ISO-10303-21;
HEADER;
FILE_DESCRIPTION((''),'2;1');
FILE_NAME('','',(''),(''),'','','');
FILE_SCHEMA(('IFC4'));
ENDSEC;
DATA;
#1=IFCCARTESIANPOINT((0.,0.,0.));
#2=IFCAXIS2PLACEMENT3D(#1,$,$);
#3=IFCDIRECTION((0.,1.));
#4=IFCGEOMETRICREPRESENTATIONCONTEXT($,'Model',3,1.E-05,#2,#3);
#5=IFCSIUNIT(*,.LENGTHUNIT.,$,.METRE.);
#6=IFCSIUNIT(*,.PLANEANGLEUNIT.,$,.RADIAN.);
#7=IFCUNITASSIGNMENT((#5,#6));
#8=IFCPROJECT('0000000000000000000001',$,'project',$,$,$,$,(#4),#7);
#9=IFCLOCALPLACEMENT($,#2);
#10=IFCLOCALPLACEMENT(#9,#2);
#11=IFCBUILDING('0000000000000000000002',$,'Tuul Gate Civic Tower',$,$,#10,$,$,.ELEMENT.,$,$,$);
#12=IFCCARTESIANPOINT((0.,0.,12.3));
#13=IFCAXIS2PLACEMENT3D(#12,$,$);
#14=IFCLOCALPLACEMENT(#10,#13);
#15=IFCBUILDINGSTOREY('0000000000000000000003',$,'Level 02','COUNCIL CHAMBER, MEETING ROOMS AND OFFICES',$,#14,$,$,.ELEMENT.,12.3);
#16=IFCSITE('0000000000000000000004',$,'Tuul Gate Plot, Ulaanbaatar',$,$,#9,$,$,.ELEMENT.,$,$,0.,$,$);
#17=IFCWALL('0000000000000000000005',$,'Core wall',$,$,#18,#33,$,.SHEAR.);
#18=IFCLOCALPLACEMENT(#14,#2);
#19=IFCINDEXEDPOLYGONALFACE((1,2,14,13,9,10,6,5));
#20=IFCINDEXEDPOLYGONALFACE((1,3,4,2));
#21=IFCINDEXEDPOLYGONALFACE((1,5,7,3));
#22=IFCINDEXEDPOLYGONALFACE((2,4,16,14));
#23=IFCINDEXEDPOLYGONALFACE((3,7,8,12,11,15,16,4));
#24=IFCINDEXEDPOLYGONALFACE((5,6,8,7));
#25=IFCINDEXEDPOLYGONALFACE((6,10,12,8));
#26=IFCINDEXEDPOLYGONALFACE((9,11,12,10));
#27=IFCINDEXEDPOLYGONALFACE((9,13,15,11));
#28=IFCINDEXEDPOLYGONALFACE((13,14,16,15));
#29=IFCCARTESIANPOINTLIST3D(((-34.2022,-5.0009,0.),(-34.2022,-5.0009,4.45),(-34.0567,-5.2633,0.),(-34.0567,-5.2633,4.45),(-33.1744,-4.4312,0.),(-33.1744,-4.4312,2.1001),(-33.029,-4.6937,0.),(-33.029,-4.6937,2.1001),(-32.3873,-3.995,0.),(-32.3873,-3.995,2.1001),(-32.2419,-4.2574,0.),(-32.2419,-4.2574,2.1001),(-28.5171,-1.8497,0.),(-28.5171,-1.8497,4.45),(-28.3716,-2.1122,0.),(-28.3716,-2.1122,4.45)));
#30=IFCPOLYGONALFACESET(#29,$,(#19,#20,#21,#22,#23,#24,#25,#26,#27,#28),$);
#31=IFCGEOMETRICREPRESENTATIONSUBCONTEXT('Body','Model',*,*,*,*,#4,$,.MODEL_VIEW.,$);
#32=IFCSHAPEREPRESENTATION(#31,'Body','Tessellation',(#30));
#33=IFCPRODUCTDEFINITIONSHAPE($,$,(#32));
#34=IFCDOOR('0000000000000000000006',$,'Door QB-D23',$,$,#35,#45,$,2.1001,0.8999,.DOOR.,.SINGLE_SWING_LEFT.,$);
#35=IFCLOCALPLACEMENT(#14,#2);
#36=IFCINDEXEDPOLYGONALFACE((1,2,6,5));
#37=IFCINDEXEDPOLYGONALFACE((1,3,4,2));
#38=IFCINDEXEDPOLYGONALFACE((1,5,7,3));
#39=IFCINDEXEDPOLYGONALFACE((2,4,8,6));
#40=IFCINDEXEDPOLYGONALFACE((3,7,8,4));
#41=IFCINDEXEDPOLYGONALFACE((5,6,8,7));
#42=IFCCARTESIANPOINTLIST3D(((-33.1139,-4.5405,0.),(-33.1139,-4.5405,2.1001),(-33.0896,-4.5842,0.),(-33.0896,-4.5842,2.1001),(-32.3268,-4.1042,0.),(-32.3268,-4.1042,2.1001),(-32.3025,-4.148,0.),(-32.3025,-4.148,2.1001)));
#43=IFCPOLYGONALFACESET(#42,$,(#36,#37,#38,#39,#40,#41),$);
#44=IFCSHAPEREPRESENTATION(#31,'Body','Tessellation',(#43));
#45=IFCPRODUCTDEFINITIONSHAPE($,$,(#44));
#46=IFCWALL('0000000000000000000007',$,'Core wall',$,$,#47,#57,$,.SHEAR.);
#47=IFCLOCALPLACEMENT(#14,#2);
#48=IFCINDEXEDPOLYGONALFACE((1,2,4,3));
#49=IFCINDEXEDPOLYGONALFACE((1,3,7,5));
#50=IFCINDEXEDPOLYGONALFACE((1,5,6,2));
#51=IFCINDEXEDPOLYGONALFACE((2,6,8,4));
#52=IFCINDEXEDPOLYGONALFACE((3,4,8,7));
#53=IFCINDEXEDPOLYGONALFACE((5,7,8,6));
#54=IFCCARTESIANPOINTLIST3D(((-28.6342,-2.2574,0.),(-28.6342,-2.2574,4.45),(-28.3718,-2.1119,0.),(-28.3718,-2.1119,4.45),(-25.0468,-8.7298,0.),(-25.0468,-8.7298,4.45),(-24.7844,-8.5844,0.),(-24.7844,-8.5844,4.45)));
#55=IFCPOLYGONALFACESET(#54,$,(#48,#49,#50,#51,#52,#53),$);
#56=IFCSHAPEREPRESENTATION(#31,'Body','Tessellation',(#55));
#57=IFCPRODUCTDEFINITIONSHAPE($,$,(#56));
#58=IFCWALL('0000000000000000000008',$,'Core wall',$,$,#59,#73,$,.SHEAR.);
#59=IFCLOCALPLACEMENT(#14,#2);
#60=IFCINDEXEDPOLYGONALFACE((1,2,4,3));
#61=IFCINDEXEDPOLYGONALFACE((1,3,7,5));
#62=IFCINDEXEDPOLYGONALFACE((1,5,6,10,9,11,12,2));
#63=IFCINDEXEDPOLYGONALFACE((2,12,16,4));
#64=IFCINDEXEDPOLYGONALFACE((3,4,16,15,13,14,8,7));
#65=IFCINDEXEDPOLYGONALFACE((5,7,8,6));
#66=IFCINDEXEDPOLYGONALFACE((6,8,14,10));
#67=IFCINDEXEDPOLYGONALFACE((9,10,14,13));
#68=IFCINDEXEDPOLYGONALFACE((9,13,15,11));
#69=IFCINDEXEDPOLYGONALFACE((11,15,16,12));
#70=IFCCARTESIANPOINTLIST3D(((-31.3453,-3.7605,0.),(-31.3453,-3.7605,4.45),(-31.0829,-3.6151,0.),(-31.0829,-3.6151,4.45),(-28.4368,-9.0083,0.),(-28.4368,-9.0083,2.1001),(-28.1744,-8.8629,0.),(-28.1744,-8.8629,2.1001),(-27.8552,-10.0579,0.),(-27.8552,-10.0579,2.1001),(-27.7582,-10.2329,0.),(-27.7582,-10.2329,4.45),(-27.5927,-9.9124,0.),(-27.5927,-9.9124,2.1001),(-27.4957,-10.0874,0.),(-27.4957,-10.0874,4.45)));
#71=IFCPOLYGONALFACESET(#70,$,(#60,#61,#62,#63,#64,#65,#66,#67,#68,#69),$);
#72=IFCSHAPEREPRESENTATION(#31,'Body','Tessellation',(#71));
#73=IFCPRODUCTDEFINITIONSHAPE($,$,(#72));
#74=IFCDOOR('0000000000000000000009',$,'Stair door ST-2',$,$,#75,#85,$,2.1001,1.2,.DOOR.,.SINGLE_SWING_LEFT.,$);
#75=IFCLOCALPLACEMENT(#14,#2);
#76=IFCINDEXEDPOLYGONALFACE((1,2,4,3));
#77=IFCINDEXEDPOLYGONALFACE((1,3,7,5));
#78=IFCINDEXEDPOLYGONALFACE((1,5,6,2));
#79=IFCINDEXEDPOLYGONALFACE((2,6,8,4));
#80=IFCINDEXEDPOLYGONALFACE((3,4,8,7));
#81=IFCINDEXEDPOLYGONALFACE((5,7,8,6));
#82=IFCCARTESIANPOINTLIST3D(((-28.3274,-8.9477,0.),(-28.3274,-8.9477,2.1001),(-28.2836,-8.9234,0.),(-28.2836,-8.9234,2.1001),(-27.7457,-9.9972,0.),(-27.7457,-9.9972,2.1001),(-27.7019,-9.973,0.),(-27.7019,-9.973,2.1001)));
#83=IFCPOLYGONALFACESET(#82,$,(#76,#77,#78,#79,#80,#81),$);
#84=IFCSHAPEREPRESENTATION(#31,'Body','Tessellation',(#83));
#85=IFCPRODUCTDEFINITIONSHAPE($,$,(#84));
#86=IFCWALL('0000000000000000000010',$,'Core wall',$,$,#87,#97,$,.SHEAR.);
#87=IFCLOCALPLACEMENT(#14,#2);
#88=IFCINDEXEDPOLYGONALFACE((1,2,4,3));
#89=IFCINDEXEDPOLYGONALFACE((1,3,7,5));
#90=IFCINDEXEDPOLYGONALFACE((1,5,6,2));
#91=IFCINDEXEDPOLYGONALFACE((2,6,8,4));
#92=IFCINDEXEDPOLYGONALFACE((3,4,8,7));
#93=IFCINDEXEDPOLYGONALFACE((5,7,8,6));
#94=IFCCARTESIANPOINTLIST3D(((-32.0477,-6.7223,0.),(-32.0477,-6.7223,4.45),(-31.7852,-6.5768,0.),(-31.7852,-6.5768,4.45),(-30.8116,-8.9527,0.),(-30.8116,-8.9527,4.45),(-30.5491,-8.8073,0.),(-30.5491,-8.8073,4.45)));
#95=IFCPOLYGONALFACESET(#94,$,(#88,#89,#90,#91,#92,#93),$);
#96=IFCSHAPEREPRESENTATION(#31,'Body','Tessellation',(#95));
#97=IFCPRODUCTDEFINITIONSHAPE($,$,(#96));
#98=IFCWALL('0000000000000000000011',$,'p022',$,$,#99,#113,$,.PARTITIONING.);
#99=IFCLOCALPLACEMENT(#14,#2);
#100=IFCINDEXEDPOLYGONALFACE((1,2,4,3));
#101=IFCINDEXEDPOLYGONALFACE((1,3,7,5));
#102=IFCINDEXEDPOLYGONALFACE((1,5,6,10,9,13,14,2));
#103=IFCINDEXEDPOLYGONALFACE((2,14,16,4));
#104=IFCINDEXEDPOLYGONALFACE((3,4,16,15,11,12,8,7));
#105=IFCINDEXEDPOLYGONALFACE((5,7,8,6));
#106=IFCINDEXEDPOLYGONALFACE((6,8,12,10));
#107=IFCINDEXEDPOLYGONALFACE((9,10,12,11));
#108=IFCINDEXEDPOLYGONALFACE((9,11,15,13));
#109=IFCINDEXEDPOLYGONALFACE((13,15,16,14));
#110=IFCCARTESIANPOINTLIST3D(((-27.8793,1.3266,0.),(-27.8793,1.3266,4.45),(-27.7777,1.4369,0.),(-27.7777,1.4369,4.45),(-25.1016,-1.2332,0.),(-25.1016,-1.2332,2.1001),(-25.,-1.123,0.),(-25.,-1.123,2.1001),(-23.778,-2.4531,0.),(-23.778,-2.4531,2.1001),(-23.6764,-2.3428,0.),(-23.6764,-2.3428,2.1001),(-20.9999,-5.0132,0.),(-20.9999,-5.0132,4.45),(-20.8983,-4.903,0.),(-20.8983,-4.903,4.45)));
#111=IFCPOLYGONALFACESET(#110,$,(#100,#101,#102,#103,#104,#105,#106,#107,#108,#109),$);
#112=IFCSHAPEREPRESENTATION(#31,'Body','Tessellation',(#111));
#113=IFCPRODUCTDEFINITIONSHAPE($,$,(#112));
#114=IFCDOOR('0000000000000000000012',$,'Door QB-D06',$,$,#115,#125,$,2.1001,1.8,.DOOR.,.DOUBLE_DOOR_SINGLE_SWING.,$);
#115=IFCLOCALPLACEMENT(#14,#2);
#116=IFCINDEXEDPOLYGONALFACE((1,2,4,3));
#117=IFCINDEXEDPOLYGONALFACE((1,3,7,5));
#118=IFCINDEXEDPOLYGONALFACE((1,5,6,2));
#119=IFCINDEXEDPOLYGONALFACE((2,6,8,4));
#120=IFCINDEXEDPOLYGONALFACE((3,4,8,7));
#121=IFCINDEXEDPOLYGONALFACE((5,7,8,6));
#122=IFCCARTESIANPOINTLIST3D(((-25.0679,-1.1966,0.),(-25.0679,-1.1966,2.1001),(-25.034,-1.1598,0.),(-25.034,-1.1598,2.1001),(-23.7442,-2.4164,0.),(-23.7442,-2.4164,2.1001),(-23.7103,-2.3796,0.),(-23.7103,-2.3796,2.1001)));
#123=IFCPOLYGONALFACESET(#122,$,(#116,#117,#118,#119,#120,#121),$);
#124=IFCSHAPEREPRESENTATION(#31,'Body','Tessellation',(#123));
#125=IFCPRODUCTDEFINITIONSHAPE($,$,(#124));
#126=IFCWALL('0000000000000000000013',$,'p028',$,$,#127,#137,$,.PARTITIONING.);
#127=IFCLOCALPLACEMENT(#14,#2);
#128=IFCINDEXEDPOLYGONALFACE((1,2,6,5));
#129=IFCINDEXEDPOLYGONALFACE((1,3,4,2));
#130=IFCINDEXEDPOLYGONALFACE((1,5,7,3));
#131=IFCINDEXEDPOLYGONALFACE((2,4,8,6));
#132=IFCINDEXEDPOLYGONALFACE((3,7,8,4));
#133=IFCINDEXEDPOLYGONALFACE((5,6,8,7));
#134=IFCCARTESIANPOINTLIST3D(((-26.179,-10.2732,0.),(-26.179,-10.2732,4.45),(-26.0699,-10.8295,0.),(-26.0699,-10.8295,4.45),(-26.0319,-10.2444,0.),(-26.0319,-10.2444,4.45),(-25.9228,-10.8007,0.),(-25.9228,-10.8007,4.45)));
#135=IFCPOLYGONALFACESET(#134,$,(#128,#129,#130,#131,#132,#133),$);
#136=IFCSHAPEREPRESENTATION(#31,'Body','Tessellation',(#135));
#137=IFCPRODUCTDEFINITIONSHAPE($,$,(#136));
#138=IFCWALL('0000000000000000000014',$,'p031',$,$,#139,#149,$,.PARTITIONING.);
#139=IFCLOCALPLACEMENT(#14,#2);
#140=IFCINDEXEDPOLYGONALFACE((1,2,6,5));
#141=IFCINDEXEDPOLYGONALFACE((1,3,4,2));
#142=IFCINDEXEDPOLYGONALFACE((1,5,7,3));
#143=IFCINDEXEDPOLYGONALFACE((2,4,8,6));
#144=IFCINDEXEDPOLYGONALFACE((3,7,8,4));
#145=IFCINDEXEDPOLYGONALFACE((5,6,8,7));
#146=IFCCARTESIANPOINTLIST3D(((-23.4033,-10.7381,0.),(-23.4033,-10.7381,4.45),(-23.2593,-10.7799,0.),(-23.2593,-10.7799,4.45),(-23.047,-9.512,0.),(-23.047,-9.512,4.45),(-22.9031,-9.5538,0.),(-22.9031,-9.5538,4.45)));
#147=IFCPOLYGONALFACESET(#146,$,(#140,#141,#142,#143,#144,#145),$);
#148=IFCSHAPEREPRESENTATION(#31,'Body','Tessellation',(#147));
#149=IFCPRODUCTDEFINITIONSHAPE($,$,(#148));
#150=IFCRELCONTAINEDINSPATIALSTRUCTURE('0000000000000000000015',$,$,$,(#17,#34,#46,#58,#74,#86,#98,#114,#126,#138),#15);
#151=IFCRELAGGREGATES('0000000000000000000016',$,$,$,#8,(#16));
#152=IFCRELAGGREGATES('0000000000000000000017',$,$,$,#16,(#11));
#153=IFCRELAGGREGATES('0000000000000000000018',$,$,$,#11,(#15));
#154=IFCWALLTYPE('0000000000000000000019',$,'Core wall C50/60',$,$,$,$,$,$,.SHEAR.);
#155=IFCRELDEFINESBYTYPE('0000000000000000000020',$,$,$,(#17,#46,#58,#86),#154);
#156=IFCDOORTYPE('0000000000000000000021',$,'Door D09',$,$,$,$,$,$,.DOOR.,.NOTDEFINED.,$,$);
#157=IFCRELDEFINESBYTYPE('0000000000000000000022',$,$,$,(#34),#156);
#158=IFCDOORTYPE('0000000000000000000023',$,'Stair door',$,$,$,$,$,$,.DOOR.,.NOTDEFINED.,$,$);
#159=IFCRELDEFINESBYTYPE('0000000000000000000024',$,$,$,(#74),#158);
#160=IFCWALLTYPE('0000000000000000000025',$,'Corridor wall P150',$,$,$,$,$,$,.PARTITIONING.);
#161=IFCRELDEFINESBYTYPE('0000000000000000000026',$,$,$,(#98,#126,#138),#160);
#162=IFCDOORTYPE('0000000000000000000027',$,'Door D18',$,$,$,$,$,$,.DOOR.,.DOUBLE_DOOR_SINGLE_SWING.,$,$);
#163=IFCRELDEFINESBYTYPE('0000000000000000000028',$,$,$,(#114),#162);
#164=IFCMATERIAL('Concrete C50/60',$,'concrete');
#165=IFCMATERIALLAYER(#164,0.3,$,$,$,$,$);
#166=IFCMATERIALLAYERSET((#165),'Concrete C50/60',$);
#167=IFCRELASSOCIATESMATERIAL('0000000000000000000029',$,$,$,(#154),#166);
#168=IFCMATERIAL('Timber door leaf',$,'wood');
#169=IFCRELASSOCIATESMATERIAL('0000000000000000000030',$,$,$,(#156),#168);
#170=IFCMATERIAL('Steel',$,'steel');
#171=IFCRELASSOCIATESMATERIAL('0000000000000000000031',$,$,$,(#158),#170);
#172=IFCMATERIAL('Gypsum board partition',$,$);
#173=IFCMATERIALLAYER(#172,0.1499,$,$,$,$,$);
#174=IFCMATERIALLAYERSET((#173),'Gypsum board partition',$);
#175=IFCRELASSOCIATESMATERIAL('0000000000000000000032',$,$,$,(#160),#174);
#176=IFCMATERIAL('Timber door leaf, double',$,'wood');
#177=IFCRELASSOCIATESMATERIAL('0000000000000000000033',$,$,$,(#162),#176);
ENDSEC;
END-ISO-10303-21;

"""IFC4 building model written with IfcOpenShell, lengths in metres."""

from ifc_helpers import new_model, si_unit, direction, frame, frame_2d, origin, place, context, subcontext, project, spatial, rectangle, extrude, material, layer, layer_set, type_object, element, fill, save


model = new_model("IFC4")

# Units and contexts
model_context = context("Model", 3, precision=1e-05, world=origin(), true_north=direction((0.0, 1.0)))
body_context = subcontext(model_context, "Body", "Model", "MODEL_VIEW")
ifc_project = project(units=[si_unit("LENGTHUNIT", "METRE"), si_unit("PLANEANGLEUNIT", "RADIAN")], contexts=[model_context])

# Site, building, storey
site_placement = place(None, origin())
site = spatial("IfcSite", under=ifc_project, at=site_placement, Name="Tuul Gate Plot, Ulaanbaatar", CompositionType="ELEMENT", RefElevation=0.0)
building_placement = place(site_placement, origin())
building = spatial("IfcBuilding", under=site, at=building_placement, Name="Tuul Gate Civic Tower", CompositionType="ELEMENT")
storey_placement = place(building_placement, frame((0.0, 0.0, 12.3)))
storey = spatial("IfcBuildingStorey", under=building, at=storey_placement, Name="Level 02", Description="COUNCIL CHAMBER, MEETING ROOMS AND OFFICES", CompositionType="ELEMENT", Elevation=12.3)

# Shared definitions
ifc_material_1 = material(Name="Concrete C50/60", Category="concrete")
ifc_layer_1 = layer(ifc_material_1, 0.3)
ifc_layer_set_1 = layer_set([ifc_layer_1], Name="Concrete C50/60")
wall_type_1 = type_object("IfcWallType", Name="Core wall C50/60", PredefinedType="SHEAR", material=ifc_layer_set_1)

# Wall, opening, door
wall_1_placement = place(storey_placement, frame((-28.4443, -1.981, 0.0), z_axis=(0.0, 0.0, 1.0), x_axis=(-0.87463, -0.484791, 0.0)))
wall_1 = element("IfcWall", 1, at=wall_1_placement, inside=storey, type_object=wall_type_1, Name="Core wall", PredefinedType="SHEAR", context=body_context, shape_type="SweptSolid", body=[
    extrude(rectangle(XDim=6.5, YDim=0.3, at=frame_2d((3.25, 0.0))), origin(), (0.0, 0.0, 1.0), 4.45),
])
opening_1_placement = place(wall_1_placement, frame((4.425, 0.0, 0.0)))
opening_1 = element("IfcOpeningElement", 2, at=opening_1_placement, cuts=wall_1, PredefinedType="OPENING", context=body_context, shape_type="SweptSolid", body=[
    extrude(rectangle(XDim=0.8999, YDim=2.1001, at=frame_2d((0.45, 1.05))), frame((0.0, 0.1602, 0.0), z_axis=(0.0, -1.0, 0.0), x_axis=(1.0, 0.0, 0.0)), (0.0, 0.0, 1.0), 0.3201),
])
ifc_material_2 = material(Name="Timber door leaf", Category="wood")
door_type_1 = type_object("IfcDoorType", Name="Door D09", OperationType="NOTDEFINED", PredefinedType="DOOR", material=ifc_material_2)
door_1_placement = place(opening_1_placement, origin())
door_1 = element("IfcDoor", 3, at=door_1_placement, inside=storey, type_object=door_type_1, Name="Door QB-D23", OperationType="SINGLE_SWING_LEFT", OverallHeight=2.1001, OverallWidth=0.8999, PredefinedType="DOOR", context=body_context, shape_type="SweptSolid", body=[
    extrude(rectangle(XDim=0.8999, YDim=2.1001, at=frame_2d((0.45, 1.05))), frame((0.0, 0.0249, 0.0), z_axis=(0.0, -1.0, 0.0), x_axis=(1.0, 0.0, 0.0)), (0.0, 0.0, 1.0), 0.05),
])
fill(opening_1, door_1)

# Wall
wall_2_placement = place(storey_placement, frame((-24.9155, -8.6572, 0.0), z_axis=(0.0, 0.0, 1.0), x_axis=(-0.484777, 0.874638, 0.0)))
element("IfcWall", 4, at=wall_2_placement, inside=storey, type_object=wall_type_1, Name="Core wall", PredefinedType="SHEAR", context=body_context, shape_type="SweptSolid", body=[
    extrude(rectangle(XDim=7.4001, YDim=0.3, at=frame_2d((3.7002, 0.0))), origin(), (0.0, 0.0, 1.0), 4.45),
])

# Wall, opening, door
wall_3_placement = place(storey_placement, frame((-27.627, -10.1602, 0.0), z_axis=(0.0, 0.0, 1.0), x_axis=(-0.484752, 0.874652, 0.0)))
wall_3 = element("IfcWall", 5, at=wall_3_placement, inside=storey, type_object=wall_type_1, Name="Core wall", PredefinedType="SHEAR", context=body_context, shape_type="SweptSolid", body=[
    extrude(rectangle(XDim=7.3999, YDim=0.3, at=frame_2d((3.7, 0.0))), origin(), (0.0, 0.0, 1.0), 4.45),
])
opening_2_placement = place(wall_3_placement, frame((0.2, 0.0, 0.0)))
opening_2 = element("IfcOpeningElement", 6, at=opening_2_placement, cuts=wall_3, PredefinedType="OPENING", context=body_context, shape_type="SweptSolid", body=[
    extrude(rectangle(XDim=1.2, YDim=2.1001, at=frame_2d((0.6001, 1.05))), frame((0.0, 0.1602, 0.0), z_axis=(0.0, -1.0, 0.0), x_axis=(1.0, 0.0, 0.0)), (0.0, 0.0, 1.0), 0.3201),
])
ifc_material_3 = material(Name="Steel", Category="steel")
door_type_2 = type_object("IfcDoorType", Name="Stair door", OperationType="NOTDEFINED", PredefinedType="DOOR", material=ifc_material_3)
door_2_placement = place(opening_2_placement, origin())
door_2 = element("IfcDoor", 7, at=door_2_placement, inside=storey, type_object=door_type_2, Name="Stair door ST-2", OperationType="SINGLE_SWING_LEFT", OverallHeight=2.1001, OverallWidth=1.2, PredefinedType="DOOR", context=body_context, shape_type="SweptSolid", body=[
    extrude(rectangle(XDim=1.2, YDim=2.1001, at=frame_2d((0.6001, 1.05))), frame((0.0, 0.0249, 0.0), z_axis=(0.0, -1.0, 0.0), x_axis=(1.0, 0.0, 0.0)), (0.0, 0.0, 1.0), 0.05),
])
fill(opening_2, door_2)

# Wall
wall_4_placement = place(storey_placement, frame((-30.6804, -8.8799, 0.0), z_axis=(0.0, 0.0, 1.0), x_axis=(-0.484724, 0.874667, 0.0)))
element("IfcWall", 8, at=wall_4_placement, inside=storey, type_object=wall_type_1, Name="Core wall", PredefinedType="SHEAR", context=body_context, shape_type="SweptSolid", body=[
    extrude(rectangle(XDim=2.55, YDim=0.3, at=frame_2d((1.2749, 0.0))), origin(), (0.0, 0.0, 1.0), 4.45),
])

# Wall, opening, door
ifc_material_4 = material(Name="Gypsum board partition")
ifc_layer_2 = layer(ifc_material_4, 0.1499)
ifc_layer_set_2 = layer_set([ifc_layer_2], Name="Gypsum board partition")
wall_type_2 = type_object("IfcWallType", Name="Corridor wall P150", PredefinedType="PARTITIONING", material=ifc_layer_set_2)
wall_5_placement = place(storey_placement, frame((-27.8286, 1.3818, 0.0), z_axis=(0.0, 0.0, 1.0), x_axis=(0.735355, -0.677682, 0.0)))
wall_5 = element("IfcWall", 9, at=wall_5_placement, inside=storey, type_object=wall_type_2, Name="p022", PredefinedType="PARTITIONING", context=body_context, shape_type="SweptSolid", body=[
    extrude(rectangle(XDim=9.3552, YDim=0.1499, at=frame_2d((4.6777, 0.0))), origin(), (0.0, 0.0, 1.0), 4.45),
])
opening_3_placement = place(wall_5_placement, frame((3.7776, 0.0, 0.0)))
opening_3 = element("IfcOpeningElement", 10, at=opening_3_placement, cuts=wall_5, PredefinedType="OPENING", context=body_context, shape_type="SweptSolid", body=[
    extrude(rectangle(XDim=1.8, YDim=2.1001, at=frame_2d((0.8999, 1.05))), frame((0.0, 0.085, 0.0), z_axis=(0.0, -1.0, 0.0), x_axis=(1.0, 0.0, 0.0)), (0.0, 0.0, 1.0), 0.1699),
])
ifc_material_5 = material(Name="Timber door leaf, double", Category="wood")
door_type_3 = type_object("IfcDoorType", Name="Door D18", OperationType="DOUBLE_DOOR_SINGLE_SWING", PredefinedType="DOOR", material=ifc_material_5)
door_3_placement = place(opening_3_placement, origin())
door_3 = element("IfcDoor", 11, at=door_3_placement, inside=storey, type_object=door_type_3, Name="Door QB-D06", OperationType="DOUBLE_DOOR_SINGLE_SWING", OverallHeight=2.1001, OverallWidth=1.8, PredefinedType="DOOR", context=body_context, shape_type="SweptSolid", body=[
    extrude(rectangle(XDim=1.8, YDim=2.1001, at=frame_2d((0.8999, 1.05))), frame((0.0, 0.0249, 0.0), z_axis=(0.0, -1.0, 0.0), x_axis=(1.0, 0.0, 0.0)), (0.0, 0.0, 1.0), 0.05),
])
fill(opening_3, door_3)

# Walls
wall_6_placement = place(storey_placement, frame((-26.1055, -10.2588, 0.0), z_axis=(0.0, 0.0, 1.0), x_axis=(0.192471, -0.981303, 0.0)))
element("IfcWall", 12, at=wall_6_placement, inside=storey, type_object=wall_type_2, Name="p028", PredefinedType="PARTITIONING", context=body_context, shape_type="SweptSolid", body=[
    extrude(rectangle(XDim=0.5669, YDim=0.1499, at=frame_2d((0.2834, 0.0))), origin(), (0.0, 0.0, 1.0), 4.45),
])
wall_7_placement = place(storey_placement, frame((-23.3313, -10.759, 0.0), z_axis=(0.0, 0.0, 1.0), x_axis=(0.278987, 0.960295, 0.0)))
element("IfcWall", 13, at=wall_7_placement, inside=storey, type_object=wall_type_2, Name="p031", PredefinedType="PARTITIONING", context=body_context, shape_type="SweptSolid", body=[
    extrude(rectangle(XDim=1.2769, YDim=0.1499, at=frame_2d((0.6384, 0.0))), origin(), (0.0, 0.0, 1.0), 4.45),
])

save(model, "model.ifc")
